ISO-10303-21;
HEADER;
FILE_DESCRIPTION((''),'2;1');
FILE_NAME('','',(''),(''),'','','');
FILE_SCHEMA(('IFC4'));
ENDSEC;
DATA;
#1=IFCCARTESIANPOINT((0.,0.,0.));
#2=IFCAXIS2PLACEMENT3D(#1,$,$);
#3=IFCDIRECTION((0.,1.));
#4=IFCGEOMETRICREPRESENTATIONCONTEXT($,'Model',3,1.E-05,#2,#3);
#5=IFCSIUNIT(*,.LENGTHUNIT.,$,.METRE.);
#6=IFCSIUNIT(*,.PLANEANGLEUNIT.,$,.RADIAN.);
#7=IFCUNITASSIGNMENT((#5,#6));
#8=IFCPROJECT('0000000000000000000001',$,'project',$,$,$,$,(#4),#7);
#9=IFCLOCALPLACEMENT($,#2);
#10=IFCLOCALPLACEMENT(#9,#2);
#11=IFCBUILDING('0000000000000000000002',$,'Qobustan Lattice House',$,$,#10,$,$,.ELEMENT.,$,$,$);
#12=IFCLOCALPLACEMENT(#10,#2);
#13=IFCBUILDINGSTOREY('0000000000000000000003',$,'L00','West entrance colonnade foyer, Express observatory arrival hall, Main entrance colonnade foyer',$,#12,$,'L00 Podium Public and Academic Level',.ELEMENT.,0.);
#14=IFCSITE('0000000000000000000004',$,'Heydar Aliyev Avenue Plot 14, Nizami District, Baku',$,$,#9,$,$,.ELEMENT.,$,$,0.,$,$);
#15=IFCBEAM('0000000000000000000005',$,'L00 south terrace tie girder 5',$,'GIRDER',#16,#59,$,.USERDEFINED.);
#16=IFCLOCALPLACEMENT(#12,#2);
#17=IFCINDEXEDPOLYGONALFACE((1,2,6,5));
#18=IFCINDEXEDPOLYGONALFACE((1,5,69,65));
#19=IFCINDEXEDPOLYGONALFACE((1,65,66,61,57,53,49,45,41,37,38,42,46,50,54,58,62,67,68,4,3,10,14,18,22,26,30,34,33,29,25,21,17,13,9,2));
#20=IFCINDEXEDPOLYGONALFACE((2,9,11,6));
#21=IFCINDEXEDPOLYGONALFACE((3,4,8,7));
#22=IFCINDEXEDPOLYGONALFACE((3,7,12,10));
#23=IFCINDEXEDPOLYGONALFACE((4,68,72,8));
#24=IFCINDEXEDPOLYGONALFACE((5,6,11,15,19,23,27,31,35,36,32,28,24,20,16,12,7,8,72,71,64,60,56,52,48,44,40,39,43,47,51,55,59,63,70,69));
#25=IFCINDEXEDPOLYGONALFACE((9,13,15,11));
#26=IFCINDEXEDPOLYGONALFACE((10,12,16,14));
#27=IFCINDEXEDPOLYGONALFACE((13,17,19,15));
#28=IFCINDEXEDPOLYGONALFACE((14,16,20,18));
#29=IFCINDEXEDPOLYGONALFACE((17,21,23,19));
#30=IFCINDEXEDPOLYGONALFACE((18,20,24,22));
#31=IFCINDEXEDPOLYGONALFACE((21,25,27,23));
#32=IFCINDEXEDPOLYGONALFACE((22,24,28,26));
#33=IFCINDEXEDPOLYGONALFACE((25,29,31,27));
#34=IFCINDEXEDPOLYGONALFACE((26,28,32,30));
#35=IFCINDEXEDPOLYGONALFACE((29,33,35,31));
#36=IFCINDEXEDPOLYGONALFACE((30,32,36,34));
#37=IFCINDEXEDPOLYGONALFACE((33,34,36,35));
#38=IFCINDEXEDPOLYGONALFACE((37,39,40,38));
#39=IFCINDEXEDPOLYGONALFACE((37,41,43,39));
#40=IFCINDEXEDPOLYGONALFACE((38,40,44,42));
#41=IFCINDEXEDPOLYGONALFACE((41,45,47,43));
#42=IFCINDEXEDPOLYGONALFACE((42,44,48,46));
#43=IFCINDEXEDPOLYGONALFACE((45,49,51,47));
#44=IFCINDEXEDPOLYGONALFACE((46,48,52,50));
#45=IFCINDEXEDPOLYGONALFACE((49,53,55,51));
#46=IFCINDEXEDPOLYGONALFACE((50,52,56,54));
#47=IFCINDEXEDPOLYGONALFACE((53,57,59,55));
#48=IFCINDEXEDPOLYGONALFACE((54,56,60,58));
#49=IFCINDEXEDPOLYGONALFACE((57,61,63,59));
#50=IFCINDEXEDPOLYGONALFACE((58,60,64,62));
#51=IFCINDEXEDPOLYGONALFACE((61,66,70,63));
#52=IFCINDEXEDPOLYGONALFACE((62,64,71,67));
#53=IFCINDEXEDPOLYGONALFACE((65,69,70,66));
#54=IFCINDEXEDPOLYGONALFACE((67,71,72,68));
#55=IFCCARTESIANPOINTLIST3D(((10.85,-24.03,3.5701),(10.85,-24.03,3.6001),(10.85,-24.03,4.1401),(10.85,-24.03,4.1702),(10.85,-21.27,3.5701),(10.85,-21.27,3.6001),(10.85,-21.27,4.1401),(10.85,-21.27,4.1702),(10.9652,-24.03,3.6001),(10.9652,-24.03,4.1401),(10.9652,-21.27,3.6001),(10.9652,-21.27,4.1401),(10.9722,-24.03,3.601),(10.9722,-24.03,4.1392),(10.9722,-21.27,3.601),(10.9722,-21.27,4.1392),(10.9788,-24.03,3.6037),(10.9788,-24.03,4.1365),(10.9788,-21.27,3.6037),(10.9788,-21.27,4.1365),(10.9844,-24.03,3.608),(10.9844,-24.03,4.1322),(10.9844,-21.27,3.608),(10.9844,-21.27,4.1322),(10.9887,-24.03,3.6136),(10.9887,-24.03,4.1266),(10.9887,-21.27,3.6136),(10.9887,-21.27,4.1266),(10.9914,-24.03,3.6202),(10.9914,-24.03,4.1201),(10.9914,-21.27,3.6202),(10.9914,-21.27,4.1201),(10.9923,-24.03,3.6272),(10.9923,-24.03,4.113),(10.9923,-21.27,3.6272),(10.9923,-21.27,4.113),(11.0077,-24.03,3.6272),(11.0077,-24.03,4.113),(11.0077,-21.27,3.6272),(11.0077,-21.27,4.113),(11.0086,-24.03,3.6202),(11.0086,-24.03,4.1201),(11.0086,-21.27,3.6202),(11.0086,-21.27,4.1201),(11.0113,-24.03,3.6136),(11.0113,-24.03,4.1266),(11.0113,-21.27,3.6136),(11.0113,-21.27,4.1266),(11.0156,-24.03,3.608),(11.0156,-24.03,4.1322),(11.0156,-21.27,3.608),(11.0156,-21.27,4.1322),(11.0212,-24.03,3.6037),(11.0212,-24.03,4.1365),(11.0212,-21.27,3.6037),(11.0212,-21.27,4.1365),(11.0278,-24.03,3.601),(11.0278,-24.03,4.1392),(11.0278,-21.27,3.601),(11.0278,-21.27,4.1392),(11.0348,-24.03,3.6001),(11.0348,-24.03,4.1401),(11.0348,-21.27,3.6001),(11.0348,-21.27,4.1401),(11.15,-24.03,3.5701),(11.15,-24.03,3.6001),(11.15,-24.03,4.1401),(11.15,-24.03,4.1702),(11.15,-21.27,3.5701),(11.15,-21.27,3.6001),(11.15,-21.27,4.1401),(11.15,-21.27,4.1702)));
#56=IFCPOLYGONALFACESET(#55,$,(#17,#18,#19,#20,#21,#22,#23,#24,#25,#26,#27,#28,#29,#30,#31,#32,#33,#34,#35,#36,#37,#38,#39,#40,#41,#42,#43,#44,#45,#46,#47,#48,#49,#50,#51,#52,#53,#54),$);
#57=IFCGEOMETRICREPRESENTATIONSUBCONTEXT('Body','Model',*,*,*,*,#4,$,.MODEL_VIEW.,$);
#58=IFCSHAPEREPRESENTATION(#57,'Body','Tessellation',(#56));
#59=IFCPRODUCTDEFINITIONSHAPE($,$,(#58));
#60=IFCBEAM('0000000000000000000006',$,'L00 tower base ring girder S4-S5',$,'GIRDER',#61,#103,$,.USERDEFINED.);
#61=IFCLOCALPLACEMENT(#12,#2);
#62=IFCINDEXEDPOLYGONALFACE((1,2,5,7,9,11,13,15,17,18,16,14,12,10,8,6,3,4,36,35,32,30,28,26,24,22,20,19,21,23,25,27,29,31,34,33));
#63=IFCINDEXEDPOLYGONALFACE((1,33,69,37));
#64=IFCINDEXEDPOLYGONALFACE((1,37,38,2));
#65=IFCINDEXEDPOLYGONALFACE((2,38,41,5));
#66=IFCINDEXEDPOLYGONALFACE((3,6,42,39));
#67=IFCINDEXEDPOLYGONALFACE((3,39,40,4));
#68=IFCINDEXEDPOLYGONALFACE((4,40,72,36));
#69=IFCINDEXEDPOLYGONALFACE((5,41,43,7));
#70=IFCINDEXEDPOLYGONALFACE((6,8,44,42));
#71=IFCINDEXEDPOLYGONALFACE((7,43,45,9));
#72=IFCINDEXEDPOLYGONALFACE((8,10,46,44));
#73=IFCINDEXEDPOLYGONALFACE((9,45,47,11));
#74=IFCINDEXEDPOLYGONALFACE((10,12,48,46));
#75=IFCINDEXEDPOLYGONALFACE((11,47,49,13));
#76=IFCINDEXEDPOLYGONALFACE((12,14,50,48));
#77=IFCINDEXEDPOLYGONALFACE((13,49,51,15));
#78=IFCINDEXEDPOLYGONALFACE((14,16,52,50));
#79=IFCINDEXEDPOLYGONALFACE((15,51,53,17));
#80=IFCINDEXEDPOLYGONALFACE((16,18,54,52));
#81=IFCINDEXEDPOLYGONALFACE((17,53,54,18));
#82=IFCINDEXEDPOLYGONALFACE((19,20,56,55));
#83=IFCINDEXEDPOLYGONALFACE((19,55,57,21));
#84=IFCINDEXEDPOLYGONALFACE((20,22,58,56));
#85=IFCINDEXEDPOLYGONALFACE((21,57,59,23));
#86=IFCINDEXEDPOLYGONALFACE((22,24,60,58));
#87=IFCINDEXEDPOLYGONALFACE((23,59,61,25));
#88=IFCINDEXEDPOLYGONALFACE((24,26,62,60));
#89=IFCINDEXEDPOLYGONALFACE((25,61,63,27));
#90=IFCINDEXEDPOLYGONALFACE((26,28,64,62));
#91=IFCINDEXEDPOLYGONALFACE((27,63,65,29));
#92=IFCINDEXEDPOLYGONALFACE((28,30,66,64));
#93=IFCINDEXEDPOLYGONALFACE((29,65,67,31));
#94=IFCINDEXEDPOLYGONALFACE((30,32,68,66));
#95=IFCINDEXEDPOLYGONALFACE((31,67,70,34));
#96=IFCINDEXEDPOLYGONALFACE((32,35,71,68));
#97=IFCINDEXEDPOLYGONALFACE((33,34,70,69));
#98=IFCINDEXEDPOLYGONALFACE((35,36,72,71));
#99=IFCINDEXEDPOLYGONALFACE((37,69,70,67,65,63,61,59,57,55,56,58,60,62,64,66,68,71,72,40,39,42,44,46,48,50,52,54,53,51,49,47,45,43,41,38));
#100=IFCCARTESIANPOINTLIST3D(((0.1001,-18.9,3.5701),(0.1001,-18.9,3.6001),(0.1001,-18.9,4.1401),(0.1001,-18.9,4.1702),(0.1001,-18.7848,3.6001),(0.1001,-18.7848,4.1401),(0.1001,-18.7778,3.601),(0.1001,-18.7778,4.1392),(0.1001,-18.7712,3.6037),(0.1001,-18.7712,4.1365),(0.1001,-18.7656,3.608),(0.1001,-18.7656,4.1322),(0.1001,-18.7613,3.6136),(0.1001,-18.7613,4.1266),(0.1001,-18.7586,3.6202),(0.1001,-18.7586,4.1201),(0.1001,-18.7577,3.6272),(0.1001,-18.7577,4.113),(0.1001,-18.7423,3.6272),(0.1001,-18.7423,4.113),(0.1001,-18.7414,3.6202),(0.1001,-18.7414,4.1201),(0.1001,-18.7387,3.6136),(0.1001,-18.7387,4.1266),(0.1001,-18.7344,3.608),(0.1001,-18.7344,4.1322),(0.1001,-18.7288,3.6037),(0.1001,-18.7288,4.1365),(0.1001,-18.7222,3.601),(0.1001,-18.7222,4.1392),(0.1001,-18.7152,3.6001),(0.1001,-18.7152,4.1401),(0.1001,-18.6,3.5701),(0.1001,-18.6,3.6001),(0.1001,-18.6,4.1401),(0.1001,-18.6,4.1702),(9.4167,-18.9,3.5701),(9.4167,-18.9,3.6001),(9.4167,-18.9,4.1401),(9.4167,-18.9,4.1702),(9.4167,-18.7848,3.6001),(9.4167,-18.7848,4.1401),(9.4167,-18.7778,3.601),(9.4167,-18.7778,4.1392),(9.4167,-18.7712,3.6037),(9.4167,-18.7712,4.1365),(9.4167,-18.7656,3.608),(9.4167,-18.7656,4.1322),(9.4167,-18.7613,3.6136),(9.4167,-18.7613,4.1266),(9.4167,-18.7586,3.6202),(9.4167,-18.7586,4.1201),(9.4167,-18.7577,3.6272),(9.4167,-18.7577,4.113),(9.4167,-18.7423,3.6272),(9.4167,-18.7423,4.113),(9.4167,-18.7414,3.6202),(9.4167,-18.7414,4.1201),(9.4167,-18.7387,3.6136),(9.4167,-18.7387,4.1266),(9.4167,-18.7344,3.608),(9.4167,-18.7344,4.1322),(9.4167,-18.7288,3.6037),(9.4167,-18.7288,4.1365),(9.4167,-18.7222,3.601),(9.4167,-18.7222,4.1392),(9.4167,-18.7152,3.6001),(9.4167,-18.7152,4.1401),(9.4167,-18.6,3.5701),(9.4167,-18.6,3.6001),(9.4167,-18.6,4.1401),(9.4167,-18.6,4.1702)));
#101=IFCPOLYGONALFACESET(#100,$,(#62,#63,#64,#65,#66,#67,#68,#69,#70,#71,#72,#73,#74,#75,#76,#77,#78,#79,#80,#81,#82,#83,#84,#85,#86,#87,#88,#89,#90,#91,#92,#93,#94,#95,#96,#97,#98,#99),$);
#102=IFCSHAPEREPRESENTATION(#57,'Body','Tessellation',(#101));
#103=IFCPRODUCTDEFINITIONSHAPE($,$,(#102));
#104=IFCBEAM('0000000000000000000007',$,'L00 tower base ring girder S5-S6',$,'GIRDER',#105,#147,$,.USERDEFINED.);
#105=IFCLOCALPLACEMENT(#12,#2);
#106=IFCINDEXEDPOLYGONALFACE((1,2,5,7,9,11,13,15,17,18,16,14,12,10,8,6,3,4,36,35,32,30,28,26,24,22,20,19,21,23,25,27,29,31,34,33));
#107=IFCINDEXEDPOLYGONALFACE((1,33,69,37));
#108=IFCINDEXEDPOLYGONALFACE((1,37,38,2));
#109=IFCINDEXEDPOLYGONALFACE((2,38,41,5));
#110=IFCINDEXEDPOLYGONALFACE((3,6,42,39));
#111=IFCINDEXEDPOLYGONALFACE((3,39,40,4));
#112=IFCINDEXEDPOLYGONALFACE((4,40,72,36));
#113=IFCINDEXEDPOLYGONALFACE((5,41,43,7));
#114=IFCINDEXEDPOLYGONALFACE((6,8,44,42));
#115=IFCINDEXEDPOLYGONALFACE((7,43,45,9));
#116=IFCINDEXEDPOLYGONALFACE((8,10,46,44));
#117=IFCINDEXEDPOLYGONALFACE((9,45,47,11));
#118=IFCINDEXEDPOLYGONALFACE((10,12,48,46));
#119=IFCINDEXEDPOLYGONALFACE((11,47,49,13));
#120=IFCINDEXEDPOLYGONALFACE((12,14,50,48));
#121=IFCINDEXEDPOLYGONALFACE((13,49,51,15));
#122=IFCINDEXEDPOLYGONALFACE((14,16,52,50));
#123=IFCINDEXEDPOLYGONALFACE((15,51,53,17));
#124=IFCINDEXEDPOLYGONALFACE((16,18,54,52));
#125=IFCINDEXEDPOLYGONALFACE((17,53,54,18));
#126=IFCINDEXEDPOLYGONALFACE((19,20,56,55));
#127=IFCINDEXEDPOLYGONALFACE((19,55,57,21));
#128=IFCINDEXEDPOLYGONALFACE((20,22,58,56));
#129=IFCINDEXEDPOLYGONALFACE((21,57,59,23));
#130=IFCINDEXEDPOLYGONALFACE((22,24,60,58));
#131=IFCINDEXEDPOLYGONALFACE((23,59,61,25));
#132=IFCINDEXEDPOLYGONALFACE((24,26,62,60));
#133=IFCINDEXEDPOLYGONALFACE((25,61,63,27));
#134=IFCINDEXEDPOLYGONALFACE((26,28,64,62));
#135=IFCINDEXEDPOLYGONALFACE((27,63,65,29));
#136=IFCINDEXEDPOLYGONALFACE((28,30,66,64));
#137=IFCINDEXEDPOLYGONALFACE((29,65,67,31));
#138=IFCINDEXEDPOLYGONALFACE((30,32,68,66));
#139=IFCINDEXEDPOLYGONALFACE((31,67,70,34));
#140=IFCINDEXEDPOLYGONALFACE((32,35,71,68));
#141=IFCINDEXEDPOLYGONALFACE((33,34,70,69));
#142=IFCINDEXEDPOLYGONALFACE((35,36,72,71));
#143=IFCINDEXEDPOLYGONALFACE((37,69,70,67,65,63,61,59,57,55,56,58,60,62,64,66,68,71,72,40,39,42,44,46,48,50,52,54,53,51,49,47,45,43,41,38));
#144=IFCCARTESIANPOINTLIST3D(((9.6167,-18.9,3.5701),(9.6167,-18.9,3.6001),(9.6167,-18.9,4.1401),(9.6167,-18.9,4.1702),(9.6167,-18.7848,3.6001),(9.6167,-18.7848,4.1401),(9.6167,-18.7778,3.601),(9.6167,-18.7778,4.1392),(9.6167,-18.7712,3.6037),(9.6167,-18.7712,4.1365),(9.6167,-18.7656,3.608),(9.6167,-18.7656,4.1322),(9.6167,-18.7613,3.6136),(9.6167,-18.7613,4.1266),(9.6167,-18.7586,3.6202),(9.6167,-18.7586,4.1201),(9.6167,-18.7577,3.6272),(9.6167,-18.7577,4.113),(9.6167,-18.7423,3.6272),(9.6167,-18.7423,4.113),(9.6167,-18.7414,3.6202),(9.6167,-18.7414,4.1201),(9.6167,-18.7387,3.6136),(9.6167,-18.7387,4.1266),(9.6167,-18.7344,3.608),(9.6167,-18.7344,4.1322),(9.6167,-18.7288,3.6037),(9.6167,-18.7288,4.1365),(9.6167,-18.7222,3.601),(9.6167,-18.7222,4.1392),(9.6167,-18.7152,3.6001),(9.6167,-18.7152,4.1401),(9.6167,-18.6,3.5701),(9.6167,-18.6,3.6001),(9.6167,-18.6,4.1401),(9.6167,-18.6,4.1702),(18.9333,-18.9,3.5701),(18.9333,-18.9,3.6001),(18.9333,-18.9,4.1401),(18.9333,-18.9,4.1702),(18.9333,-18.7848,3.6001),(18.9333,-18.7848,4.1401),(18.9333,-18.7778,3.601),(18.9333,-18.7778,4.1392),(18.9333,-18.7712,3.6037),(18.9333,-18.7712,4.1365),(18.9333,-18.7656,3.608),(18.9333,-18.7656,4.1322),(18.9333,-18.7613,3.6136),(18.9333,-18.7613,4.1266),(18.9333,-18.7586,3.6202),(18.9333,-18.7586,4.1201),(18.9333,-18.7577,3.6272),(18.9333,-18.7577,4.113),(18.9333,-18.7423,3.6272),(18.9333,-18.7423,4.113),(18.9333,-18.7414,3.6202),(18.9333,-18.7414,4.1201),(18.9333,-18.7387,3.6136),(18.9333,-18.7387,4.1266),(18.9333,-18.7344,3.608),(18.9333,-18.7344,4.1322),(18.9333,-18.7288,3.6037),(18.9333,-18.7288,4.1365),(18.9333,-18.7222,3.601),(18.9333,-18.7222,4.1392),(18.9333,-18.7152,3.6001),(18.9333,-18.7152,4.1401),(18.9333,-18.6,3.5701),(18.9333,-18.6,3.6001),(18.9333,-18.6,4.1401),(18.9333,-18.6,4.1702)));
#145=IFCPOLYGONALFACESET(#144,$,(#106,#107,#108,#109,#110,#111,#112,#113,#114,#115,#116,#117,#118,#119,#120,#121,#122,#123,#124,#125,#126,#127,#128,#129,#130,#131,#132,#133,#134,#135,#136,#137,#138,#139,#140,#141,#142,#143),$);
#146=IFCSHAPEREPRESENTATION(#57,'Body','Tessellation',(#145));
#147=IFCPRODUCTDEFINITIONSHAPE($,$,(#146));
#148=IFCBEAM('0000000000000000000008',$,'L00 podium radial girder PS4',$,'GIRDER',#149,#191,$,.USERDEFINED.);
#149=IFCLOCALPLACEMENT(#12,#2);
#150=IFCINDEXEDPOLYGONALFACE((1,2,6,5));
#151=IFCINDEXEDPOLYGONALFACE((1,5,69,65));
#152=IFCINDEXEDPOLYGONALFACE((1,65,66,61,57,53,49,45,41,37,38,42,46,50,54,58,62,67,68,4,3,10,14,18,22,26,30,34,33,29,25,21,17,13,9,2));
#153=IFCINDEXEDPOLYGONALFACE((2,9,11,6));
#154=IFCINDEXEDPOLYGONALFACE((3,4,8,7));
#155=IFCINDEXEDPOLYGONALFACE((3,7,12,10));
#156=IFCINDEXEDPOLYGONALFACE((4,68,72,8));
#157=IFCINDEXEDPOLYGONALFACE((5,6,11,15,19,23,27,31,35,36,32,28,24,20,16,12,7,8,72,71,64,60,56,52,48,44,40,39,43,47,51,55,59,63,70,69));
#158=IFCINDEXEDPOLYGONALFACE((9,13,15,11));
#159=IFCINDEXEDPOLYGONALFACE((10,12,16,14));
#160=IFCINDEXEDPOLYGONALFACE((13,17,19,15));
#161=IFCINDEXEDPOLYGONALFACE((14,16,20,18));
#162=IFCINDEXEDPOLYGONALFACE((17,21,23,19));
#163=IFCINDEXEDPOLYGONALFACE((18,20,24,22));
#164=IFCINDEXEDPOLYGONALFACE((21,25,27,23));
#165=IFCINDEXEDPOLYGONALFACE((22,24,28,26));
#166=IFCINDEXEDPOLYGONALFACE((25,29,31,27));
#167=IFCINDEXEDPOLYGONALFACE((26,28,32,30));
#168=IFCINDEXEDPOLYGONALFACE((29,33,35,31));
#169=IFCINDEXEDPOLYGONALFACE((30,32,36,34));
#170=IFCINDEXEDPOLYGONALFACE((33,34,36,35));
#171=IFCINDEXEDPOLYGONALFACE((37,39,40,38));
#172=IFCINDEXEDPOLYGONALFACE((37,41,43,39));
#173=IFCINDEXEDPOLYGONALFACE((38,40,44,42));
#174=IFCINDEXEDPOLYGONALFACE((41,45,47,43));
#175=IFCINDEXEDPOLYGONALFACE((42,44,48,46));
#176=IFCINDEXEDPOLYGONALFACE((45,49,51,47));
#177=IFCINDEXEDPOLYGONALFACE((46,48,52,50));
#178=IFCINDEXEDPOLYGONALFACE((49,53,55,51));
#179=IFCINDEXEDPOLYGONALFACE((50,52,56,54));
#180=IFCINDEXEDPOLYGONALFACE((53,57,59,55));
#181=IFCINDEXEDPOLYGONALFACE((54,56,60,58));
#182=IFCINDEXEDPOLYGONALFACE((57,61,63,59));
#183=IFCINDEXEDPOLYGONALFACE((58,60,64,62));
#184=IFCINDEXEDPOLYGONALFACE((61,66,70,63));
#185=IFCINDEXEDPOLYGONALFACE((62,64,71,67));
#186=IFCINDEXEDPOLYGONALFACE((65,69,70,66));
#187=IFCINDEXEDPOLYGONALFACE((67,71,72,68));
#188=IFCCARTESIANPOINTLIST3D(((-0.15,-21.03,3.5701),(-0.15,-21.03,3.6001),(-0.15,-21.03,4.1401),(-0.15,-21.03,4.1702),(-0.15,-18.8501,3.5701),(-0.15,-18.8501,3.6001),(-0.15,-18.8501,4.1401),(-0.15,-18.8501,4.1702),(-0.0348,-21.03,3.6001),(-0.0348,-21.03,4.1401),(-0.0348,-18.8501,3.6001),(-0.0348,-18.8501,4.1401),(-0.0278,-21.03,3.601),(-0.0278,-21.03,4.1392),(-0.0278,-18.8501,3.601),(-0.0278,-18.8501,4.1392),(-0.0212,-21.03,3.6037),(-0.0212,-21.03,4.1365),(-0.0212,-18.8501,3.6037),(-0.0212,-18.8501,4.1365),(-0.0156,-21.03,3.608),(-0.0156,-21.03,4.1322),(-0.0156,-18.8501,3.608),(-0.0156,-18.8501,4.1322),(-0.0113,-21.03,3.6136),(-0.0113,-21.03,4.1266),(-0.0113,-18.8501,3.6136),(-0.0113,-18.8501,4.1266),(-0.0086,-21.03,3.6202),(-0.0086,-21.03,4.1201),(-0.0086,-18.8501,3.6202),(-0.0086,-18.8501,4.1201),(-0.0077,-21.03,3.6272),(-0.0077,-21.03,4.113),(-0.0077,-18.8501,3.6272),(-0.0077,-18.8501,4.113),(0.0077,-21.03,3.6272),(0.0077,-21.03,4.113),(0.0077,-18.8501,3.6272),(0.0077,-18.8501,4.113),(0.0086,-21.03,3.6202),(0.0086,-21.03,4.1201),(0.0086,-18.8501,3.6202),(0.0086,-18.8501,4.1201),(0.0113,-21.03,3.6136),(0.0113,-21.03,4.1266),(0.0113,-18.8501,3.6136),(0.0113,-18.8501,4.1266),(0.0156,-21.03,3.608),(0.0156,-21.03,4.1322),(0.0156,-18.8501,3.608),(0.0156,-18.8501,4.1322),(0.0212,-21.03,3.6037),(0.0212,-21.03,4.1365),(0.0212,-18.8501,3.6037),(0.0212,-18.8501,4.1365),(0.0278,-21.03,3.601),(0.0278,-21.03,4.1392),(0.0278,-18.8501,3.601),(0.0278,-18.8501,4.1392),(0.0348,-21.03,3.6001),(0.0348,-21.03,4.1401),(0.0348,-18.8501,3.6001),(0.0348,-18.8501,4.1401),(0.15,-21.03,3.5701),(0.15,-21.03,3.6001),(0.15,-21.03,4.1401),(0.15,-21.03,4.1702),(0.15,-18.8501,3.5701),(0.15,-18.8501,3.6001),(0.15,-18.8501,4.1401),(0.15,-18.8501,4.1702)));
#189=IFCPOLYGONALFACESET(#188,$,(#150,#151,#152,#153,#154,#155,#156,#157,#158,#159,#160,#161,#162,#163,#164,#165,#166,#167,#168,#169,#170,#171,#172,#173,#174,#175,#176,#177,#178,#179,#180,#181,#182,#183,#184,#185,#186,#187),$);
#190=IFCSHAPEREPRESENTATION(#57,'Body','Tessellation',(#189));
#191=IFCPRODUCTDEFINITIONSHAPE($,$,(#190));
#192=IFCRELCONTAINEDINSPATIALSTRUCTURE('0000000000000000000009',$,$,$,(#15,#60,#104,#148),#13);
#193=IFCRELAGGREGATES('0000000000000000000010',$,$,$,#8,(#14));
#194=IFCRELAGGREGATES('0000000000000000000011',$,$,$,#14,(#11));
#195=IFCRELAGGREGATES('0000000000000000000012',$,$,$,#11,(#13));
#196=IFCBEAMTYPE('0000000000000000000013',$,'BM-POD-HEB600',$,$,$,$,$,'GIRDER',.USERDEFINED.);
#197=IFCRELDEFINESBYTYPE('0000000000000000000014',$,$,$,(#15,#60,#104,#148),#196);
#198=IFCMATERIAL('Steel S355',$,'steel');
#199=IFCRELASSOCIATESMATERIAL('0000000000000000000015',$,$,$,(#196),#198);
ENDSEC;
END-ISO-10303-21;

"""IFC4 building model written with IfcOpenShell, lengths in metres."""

from ifc_helpers import new_model, si_unit, direction, frame, origin, origin_2d, place, context, subcontext, project, spatial, i_section, extrude, material, material_profile, profile_set, type_object, element, save


model = new_model("IFC4")

# Units and contexts
model_context = context("Model", 3, precision=1e-05, world=origin(), true_north=direction((0.0, 1.0)))
body_context = subcontext(model_context, "Body", "Model", "MODEL_VIEW")
ifc_project = project(units=[si_unit("LENGTHUNIT", "METRE"), si_unit("PLANEANGLEUNIT", "RADIAN")], contexts=[model_context])

# Site, building, storey
site_placement = place(None, origin())
site = spatial("IfcSite", under=ifc_project, at=site_placement, Name="Heydar Aliyev Avenue Plot 14, Nizami District, Baku", CompositionType="ELEMENT", RefElevation=0.0)
building_placement = place(site_placement, origin())
building = spatial("IfcBuilding", under=site, at=building_placement, Name="Qobustan Lattice House", CompositionType="ELEMENT")
storey_placement = place(building_placement, origin())
storey = spatial("IfcBuildingStorey", under=building, at=storey_placement, Name="L00", Description="West entrance colonnade foyer, Express observatory arrival hall, Main entrance colonnade foyer", LongName="L00 Podium Public and Academic Level", CompositionType="ELEMENT", Elevation=0.0)

# Beams
ifc_material_1 = material(Name="Steel S355", Category="steel")
ifc_material_profile_1 = material_profile(ifc_material_1, i_section(OverallWidth=0.3, OverallDepth=0.6001, WebThickness=0.0154, FlangeThickness=0.03, FilletRadius=0.0271, at=origin_2d()), Name="HEB600")
ifc_profile_set_1 = profile_set([ifc_material_profile_1], Name="Steel S355")
beam_type_1 = type_object("IfcBeamType", Name="BM-POD-HEB600", ElementType="GIRDER", PredefinedType="USERDEFINED", material=ifc_profile_set_1)
for number, where, z_axis, x_axis, name in (
    (1, (11.0, -24.03, 3.8701), (0.0, 1.0, 0.0), (-1.0, 0.0, 0.0), "L00 south terrace tie girder 5"),
):
    element("IfcBeam", number, at=place(storey_placement, frame(where, z_axis=z_axis, x_axis=x_axis)), inside=storey, type_object=beam_type_1, Name=name, ObjectType="GIRDER", PredefinedType="USERDEFINED", context=body_context, shape_type="SweptSolid", body=[
        extrude(i_section(OverallWidth=0.3, OverallDepth=0.6001, WebThickness=0.0154, FlangeThickness=0.03, FilletRadius=0.0271, at=origin_2d()), origin(), (0.0, 0.0, 1.0), 2.76),
    ])
for number, where, z_axis, x_axis, name in (
    (2, (0.1001, -18.75, 3.8701), (1.0, 0.0, 0.0), (0.0, 1.0, 0.0), "L00 tower base ring girder S4-S5"),
    (3, (9.6167, -18.75, 3.8701), (1.0, 0.0, 0.0), (0.0, 1.0, 0.0), "L00 tower base ring girder S5-S6"),
):
    element("IfcBeam", number, at=place(storey_placement, frame(where, z_axis=z_axis, x_axis=x_axis)), inside=storey, type_object=beam_type_1, Name=name, ObjectType="GIRDER", PredefinedType="USERDEFINED", context=body_context, shape_type="SweptSolid", body=[
        extrude(i_section(OverallWidth=0.3, OverallDepth=0.6001, WebThickness=0.0154, FlangeThickness=0.03, FilletRadius=0.0271, at=origin_2d()), origin(), (0.0, 0.0, 1.0), 9.3167),
    ])
beam_1_placement = place(storey_placement, frame((0.0, -21.03, 3.8701), z_axis=(0.0, 1.0, 0.0), x_axis=(-1.0, 0.0, 0.0)))
element("IfcBeam", 4, at=beam_1_placement, inside=storey, type_object=beam_type_1, Name="L00 podium radial girder PS4", ObjectType="GIRDER", PredefinedType="USERDEFINED", context=body_context, shape_type="SweptSolid", body=[
    extrude(i_section(OverallWidth=0.3, OverallDepth=0.6001, WebThickness=0.0154, FlangeThickness=0.03, FilletRadius=0.0271, at=origin_2d()), origin(), (0.0, 0.0, 1.0), 2.1799),
])

save(model, "model.ifc")
